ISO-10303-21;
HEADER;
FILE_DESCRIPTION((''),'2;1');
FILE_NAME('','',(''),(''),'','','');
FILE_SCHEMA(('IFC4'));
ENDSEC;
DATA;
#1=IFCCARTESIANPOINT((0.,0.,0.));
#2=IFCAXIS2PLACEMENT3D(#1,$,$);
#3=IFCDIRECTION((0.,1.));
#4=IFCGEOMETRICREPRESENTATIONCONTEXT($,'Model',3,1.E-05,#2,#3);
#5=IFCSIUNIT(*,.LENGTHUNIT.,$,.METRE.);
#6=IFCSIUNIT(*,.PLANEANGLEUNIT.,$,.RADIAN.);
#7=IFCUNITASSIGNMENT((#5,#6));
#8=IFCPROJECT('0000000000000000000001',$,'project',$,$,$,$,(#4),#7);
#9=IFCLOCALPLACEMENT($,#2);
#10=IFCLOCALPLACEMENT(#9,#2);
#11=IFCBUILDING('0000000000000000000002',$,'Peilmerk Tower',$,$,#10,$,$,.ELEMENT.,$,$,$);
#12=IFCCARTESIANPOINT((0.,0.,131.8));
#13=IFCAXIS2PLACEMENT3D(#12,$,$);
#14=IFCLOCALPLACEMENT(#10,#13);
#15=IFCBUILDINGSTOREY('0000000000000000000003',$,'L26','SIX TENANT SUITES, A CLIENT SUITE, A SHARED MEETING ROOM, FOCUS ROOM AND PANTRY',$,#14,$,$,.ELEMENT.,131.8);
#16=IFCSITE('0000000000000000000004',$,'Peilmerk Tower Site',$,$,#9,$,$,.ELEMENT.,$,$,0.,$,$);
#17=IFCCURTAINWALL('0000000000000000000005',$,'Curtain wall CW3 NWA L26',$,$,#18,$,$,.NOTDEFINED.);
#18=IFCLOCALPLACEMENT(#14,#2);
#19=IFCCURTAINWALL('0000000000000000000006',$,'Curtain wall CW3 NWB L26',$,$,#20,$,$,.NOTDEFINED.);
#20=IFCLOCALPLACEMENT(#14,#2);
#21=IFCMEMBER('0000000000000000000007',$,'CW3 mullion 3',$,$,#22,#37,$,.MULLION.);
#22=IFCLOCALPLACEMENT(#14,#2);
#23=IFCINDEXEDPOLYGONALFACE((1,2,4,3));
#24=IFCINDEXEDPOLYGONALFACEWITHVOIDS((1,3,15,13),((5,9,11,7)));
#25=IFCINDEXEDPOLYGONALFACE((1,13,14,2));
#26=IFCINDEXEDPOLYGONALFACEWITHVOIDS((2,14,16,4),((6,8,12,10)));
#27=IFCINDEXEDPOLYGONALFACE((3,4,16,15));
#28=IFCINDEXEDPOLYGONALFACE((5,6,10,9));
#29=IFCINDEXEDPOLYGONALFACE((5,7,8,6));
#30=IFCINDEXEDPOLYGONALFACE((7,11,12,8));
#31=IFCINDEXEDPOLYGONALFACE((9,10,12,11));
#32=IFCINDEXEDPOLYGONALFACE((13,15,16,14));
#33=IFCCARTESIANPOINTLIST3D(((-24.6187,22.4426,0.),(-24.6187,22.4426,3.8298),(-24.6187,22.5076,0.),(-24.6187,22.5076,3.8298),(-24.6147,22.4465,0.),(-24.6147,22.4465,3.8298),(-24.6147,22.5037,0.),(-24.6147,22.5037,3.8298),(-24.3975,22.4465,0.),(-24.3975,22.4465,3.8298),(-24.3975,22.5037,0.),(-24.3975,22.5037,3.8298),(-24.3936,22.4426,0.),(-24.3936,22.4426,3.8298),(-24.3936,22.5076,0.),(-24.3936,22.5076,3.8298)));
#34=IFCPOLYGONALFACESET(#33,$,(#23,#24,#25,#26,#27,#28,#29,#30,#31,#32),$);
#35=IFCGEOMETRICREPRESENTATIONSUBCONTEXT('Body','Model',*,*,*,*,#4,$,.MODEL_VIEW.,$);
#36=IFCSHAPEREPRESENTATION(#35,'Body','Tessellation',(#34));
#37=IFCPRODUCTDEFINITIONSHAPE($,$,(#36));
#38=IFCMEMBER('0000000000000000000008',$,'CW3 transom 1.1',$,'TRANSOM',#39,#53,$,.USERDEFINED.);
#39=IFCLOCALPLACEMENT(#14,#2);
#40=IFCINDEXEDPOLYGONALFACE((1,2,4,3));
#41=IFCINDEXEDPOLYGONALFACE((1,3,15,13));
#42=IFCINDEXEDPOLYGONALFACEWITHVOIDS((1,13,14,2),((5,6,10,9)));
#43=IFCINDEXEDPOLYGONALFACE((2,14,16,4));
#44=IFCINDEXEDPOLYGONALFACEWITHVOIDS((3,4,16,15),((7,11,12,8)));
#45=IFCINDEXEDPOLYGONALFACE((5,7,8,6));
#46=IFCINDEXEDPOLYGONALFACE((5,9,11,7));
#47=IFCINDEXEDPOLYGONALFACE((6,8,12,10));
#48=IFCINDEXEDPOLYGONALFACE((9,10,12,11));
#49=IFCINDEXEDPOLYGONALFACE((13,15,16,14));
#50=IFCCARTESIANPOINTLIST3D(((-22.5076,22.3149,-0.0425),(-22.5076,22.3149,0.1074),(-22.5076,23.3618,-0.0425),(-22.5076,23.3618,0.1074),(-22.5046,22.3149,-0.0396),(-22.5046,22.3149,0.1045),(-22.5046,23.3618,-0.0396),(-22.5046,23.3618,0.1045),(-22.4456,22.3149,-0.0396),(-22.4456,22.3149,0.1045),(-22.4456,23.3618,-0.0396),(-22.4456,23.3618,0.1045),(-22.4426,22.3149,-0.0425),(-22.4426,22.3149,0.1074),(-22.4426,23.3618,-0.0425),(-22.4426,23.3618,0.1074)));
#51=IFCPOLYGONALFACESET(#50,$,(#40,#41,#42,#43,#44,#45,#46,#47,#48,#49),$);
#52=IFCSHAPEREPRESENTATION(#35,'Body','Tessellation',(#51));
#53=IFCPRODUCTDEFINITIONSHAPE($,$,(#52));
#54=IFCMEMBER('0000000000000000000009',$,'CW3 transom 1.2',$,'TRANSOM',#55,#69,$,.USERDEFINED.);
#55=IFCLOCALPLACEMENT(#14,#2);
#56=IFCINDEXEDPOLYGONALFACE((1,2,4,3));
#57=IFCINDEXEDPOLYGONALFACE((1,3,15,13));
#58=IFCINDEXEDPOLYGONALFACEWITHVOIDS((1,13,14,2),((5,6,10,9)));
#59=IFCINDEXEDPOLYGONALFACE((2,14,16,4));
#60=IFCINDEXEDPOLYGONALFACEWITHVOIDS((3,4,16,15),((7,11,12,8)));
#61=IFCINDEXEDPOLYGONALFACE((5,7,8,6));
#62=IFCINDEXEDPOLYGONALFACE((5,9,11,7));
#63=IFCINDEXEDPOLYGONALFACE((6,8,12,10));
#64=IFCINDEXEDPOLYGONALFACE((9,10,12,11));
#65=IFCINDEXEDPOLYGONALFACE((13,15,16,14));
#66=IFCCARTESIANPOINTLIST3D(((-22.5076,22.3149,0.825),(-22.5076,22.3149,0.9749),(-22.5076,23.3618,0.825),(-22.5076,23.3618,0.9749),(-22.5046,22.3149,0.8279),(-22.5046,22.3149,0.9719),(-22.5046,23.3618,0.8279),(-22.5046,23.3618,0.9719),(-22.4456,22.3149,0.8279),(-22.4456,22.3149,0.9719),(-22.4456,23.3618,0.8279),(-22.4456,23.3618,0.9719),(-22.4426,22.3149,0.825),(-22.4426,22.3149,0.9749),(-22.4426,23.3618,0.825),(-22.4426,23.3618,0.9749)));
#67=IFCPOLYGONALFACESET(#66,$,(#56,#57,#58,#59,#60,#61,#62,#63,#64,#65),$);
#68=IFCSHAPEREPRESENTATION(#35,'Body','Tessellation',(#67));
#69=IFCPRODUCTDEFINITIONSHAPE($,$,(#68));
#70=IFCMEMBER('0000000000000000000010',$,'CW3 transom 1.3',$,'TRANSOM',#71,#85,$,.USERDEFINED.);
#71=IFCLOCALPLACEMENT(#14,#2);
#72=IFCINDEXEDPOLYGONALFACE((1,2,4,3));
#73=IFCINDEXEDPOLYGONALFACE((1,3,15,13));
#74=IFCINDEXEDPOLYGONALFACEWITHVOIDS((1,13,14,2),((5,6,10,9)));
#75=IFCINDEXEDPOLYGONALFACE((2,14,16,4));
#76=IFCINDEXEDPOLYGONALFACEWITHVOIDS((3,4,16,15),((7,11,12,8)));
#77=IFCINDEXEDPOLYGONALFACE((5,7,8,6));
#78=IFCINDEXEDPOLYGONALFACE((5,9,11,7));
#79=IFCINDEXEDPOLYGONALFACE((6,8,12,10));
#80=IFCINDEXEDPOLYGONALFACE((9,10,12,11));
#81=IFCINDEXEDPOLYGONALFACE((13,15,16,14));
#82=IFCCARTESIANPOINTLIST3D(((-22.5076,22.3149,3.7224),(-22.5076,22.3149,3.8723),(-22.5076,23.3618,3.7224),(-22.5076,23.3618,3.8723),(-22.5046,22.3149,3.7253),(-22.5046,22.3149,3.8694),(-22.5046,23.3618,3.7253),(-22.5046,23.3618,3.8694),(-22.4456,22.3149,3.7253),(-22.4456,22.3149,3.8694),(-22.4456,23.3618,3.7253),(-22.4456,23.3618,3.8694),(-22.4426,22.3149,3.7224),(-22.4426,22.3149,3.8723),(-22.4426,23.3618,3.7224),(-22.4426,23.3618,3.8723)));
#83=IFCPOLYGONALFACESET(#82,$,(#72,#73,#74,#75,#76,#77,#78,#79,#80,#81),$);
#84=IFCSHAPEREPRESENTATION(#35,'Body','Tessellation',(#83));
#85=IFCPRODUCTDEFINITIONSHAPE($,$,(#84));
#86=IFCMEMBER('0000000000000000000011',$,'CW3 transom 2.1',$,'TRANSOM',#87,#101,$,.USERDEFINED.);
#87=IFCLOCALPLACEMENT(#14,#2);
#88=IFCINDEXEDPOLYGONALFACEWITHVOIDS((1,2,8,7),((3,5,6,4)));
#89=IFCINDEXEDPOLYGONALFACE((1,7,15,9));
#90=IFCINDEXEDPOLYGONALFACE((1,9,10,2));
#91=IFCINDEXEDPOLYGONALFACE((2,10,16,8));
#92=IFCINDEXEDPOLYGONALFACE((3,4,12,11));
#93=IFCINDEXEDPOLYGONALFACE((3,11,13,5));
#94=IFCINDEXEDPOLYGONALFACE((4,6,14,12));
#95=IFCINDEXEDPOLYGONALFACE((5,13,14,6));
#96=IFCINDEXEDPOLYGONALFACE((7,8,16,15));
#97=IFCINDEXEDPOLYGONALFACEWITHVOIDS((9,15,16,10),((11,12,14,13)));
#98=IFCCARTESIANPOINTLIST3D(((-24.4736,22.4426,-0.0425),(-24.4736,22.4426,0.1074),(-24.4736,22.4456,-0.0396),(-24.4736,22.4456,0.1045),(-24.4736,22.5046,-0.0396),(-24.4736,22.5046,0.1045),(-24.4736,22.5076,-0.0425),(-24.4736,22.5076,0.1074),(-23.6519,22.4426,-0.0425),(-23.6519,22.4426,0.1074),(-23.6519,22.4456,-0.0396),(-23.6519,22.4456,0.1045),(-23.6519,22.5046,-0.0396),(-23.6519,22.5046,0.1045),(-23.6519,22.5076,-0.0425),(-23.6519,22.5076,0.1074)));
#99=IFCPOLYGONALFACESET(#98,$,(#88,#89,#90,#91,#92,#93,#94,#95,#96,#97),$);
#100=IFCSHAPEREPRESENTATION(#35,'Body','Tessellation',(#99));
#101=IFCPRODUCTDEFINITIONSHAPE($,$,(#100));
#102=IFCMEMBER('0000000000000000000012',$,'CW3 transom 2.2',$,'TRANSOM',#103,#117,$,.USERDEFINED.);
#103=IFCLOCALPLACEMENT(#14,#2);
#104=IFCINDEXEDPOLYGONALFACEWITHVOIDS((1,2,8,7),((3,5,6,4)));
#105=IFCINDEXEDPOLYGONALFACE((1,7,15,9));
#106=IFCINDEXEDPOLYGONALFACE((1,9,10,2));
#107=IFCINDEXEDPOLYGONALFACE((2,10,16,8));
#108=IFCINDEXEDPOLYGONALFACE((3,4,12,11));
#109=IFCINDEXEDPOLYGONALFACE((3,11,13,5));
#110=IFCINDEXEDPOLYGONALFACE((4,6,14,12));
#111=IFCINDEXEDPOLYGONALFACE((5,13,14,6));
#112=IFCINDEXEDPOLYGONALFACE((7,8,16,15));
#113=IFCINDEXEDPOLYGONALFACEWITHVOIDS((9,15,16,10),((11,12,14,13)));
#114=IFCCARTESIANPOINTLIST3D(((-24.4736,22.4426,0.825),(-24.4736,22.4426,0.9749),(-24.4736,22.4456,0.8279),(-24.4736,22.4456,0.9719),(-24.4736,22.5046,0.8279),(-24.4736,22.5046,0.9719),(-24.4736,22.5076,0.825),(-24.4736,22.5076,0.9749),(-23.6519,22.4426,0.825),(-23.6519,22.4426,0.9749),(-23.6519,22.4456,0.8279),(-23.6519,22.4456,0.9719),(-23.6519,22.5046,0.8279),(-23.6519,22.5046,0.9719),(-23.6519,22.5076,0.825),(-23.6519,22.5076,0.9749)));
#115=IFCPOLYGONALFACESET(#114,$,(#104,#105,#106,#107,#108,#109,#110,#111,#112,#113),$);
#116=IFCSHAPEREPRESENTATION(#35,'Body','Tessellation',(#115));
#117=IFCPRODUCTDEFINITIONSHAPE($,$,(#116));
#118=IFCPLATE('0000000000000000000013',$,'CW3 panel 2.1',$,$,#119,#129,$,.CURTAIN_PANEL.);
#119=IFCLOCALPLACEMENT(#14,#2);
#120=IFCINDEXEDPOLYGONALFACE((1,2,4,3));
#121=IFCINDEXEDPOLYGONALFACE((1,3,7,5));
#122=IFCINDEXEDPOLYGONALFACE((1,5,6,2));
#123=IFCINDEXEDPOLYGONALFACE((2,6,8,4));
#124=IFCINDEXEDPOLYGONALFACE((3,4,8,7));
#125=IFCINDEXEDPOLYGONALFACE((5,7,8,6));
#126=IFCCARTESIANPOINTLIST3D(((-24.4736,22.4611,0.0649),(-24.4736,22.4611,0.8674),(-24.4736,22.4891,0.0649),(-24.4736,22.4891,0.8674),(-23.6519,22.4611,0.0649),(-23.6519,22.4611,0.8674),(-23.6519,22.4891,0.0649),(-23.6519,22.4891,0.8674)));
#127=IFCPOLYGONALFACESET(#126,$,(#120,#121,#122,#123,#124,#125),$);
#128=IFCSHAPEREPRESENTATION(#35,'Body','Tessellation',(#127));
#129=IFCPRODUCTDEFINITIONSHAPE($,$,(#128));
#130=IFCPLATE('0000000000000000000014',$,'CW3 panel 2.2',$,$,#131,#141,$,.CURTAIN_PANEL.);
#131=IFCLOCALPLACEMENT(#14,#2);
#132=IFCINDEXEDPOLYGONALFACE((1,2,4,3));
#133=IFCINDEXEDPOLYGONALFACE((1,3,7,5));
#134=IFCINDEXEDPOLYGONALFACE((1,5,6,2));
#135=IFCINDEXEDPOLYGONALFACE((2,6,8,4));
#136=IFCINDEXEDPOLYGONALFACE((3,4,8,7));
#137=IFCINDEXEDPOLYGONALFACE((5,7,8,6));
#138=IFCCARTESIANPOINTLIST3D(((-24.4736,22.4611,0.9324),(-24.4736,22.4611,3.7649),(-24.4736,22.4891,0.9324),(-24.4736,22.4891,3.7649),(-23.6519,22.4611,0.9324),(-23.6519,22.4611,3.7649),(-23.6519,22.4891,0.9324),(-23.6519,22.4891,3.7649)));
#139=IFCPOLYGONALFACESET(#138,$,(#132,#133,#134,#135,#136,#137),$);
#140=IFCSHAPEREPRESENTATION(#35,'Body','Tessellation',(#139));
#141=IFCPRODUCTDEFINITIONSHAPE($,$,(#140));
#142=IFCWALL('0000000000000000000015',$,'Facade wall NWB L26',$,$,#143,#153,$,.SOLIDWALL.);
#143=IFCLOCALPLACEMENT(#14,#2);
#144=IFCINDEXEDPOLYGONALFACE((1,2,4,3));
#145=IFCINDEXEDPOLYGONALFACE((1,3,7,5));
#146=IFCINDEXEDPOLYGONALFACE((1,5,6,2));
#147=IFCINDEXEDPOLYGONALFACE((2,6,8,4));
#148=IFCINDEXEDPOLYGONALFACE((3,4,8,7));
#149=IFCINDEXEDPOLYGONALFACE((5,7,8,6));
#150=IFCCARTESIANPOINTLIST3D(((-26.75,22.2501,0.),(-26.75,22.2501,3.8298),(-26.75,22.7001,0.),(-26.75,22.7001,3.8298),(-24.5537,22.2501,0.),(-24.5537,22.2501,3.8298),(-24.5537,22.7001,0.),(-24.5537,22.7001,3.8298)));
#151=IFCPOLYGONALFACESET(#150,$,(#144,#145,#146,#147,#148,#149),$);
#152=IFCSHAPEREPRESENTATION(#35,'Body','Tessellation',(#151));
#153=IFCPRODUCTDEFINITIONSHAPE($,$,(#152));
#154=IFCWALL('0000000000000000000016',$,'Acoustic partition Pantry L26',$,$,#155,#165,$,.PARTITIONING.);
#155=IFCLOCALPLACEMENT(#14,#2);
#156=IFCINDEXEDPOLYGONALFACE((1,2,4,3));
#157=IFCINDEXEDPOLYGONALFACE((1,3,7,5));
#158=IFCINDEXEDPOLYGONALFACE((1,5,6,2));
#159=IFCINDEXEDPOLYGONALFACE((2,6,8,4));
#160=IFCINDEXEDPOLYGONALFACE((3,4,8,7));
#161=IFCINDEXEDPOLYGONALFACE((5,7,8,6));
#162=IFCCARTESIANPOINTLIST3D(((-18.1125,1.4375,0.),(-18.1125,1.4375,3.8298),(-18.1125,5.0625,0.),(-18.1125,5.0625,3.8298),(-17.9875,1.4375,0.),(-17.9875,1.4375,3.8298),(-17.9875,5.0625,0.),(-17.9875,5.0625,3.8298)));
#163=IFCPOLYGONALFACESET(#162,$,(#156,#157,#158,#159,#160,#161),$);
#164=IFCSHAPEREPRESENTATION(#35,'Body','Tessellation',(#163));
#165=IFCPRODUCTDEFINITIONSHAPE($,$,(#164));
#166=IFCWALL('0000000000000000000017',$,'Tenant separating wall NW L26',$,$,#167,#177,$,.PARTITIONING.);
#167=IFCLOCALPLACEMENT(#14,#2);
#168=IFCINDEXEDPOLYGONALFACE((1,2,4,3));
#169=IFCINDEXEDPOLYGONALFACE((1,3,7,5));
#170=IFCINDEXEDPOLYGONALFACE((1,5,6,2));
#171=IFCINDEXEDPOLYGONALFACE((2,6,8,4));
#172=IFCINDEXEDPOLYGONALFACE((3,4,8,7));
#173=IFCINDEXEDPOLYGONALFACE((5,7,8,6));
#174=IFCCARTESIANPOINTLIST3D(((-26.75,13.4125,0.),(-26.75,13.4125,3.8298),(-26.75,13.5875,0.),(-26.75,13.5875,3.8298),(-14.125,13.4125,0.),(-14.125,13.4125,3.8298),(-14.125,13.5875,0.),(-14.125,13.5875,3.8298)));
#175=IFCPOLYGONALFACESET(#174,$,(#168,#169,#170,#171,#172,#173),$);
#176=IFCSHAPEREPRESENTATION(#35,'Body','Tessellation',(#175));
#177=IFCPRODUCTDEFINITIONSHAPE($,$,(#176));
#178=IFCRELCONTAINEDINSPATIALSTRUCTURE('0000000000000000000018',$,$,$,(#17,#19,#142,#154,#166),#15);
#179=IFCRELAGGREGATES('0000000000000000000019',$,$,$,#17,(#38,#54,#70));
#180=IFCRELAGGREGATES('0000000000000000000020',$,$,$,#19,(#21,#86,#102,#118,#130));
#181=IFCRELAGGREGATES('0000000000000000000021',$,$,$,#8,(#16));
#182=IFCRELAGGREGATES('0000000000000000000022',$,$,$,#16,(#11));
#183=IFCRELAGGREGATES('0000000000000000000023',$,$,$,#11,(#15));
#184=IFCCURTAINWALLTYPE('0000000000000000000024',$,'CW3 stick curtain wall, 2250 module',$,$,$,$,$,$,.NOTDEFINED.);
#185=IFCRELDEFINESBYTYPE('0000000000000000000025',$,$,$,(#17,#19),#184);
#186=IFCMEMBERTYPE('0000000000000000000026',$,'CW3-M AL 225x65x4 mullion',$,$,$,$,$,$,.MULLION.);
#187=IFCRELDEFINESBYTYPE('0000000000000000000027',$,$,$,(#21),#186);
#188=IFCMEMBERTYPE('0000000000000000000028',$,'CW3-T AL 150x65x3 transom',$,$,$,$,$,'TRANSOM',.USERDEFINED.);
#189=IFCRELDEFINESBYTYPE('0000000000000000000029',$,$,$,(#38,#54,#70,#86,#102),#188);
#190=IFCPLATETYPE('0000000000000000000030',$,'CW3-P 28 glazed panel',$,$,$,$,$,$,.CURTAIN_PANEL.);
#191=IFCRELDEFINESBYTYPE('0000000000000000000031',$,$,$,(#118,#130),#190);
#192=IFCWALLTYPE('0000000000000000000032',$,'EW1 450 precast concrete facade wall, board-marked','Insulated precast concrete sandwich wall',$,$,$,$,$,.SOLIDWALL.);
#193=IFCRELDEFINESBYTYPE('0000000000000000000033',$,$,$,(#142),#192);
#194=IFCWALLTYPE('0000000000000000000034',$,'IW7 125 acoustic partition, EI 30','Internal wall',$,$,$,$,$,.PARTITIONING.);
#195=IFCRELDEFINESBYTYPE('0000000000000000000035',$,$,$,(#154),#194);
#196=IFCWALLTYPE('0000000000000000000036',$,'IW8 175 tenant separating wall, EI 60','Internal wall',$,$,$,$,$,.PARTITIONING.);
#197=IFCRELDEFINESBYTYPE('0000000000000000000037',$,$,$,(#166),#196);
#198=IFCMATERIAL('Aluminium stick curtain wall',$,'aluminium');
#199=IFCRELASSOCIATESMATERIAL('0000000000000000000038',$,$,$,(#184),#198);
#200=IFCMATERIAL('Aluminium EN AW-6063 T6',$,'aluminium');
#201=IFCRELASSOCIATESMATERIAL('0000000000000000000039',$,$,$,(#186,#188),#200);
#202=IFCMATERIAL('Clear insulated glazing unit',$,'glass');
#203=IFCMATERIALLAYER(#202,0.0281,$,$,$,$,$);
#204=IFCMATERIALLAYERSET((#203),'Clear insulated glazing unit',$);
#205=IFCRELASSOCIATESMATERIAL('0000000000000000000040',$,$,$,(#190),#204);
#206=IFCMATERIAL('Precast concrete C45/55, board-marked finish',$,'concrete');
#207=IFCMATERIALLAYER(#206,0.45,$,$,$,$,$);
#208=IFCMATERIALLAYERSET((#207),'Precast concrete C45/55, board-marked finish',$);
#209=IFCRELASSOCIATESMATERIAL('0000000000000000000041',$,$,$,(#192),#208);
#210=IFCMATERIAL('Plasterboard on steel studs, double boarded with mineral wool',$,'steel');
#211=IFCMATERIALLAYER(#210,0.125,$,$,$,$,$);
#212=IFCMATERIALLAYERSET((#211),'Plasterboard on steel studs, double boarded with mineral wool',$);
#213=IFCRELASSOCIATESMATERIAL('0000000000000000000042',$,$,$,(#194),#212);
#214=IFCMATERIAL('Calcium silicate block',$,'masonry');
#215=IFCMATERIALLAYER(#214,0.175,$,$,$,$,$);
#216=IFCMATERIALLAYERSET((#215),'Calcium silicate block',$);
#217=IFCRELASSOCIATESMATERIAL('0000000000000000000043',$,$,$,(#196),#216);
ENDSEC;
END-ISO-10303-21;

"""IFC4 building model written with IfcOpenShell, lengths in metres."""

from ifc_helpers import new_model, si_unit, direction, frame, frame_2d, origin, origin_2d, place, context, subcontext, project, spatial, rectangle, hollow_rectangle, extrude, material, layer, layer_set, material_profile, profile_set, type_object, element, aggregate, save


model = new_model("IFC4")

# Units and contexts
model_context = context("Model", 3, precision=1e-05, world=origin(), true_north=direction((0.0, 1.0)))
body_context = subcontext(model_context, "Body", "Model", "MODEL_VIEW")
ifc_project = project(units=[si_unit("LENGTHUNIT", "METRE"), si_unit("PLANEANGLEUNIT", "RADIAN")], contexts=[model_context])

# Site, building, storey
site_placement = place(None, origin())
site = spatial("IfcSite", under=ifc_project, at=site_placement, Name="Peilmerk Tower Site", CompositionType="ELEMENT", RefElevation=0.0)
building_placement = place(site_placement, origin())
building = spatial("IfcBuilding", under=site, at=building_placement, Name="Peilmerk Tower", CompositionType="ELEMENT")
storey_placement = place(building_placement, frame((0.0, 0.0, 131.8)))
storey = spatial("IfcBuildingStorey", under=building, at=storey_placement, Name="L26", Description="SIX TENANT SUITES, A CLIENT SUITE, A SHARED MEETING ROOM, FOCUS ROOM AND PANTRY", CompositionType="ELEMENT", Elevation=131.8)

# Curtain walls, member
ifc_material_1 = material(Name="Aluminium stick curtain wall", Category="aluminium")
curtain_wall_type = type_object("IfcCurtainWallType", Name="CW3 stick curtain wall, 2250 module", PredefinedType="NOTDEFINED", material=ifc_material_1)
curtain_wall_1_placement = place(storey_placement, origin())
curtain_wall_1 = element("IfcCurtainWall", 1, at=curtain_wall_1_placement, inside=storey, type_object=curtain_wall_type, Name="Curtain wall CW3 NWA L26", PredefinedType="NOTDEFINED")
ifc_material_2 = material(Name="Aluminium EN AW-6063 T6", Category="aluminium")
ifc_material_profile_1 = material_profile(ifc_material_2, hollow_rectangle(XDim=0.0649, YDim=0.2251, WallThickness=0.0039, at=origin_2d()), Name="AL 225x65x4")
ifc_profile_set_1 = profile_set([ifc_material_profile_1], Name="Aluminium EN AW-6063 T6")
member_type_1 = type_object("IfcMemberType", Name="CW3-M AL 225x65x4 mullion", PredefinedType="MULLION", material=ifc_profile_set_1)
curtain_wall_2_placement = place(storey_placement, origin())
curtain_wall_2 = element("IfcCurtainWall", 2, at=curtain_wall_2_placement, inside=storey, type_object=curtain_wall_type, Name="Curtain wall CW3 NWB L26", PredefinedType="NOTDEFINED")
member_1_placement = place(storey_placement, frame((-24.5061, 22.4751, 0.0), z_axis=(0.0, 0.0, 1.0), x_axis=(0.0, -1.0, 0.0)))
member_1 = element("IfcMember", 3, at=member_1_placement, type_object=member_type_1, Name="CW3 mullion 3", PredefinedType="MULLION", context=body_context, shape_type="SweptSolid", body=[
    extrude(hollow_rectangle(XDim=0.0649, YDim=0.2251, WallThickness=0.0039, at=origin_2d()), origin(), (0.0, 0.0, 1.0), 3.8298),
])

# Members
ifc_material_profile_2 = material_profile(ifc_material_2, hollow_rectangle(XDim=0.0649, YDim=0.1499, WallThickness=0.0029, at=origin_2d()), Name="AL 150x65x3")
ifc_profile_set_2 = profile_set([ifc_material_profile_2], Name="Aluminium EN AW-6063 T6")
member_type_2 = type_object("IfcMemberType", Name="CW3-T AL 150x65x3 transom", ElementType="TRANSOM", PredefinedType="USERDEFINED", material=ifc_profile_set_2)
member_2_placement = place(storey_placement, frame((-22.4751, 22.3149, 0.0325), z_axis=(0.0, 1.0, 0.0), x_axis=(-1.0, 0.0, 0.0)))
member_2 = element("IfcMember", 4, at=member_2_placement, type_object=member_type_2, Name="CW3 transom 1.1", ObjectType="TRANSOM", PredefinedType="USERDEFINED", context=body_context, shape_type="SweptSolid", body=[
    extrude(hollow_rectangle(XDim=0.0649, YDim=0.1499, WallThickness=0.0029, at=origin_2d()), origin(), (0.0, 0.0, 1.0), 1.0469),
])
member_3_placement = place(storey_placement, frame((-22.4751, 22.3149, 0.8999), z_axis=(0.0, 1.0, 0.0), x_axis=(-1.0, 0.0, 0.0)))
member_3 = element("IfcMember", 5, at=member_3_placement, type_object=member_type_2, Name="CW3 transom 1.2", ObjectType="TRANSOM", PredefinedType="USERDEFINED", context=body_context, shape_type="SweptSolid", body=[
    extrude(hollow_rectangle(XDim=0.0649, YDim=0.1499, WallThickness=0.0029, at=origin_2d()), origin(), (0.0, 0.0, 1.0), 1.0469),
])
member_4_placement = place(storey_placement, frame((-22.4751, 22.3149, 3.7974), z_axis=(0.0, 1.0, 0.0), x_axis=(-1.0, 0.0, 0.0)))
member_4 = element("IfcMember", 6, at=member_4_placement, type_object=member_type_2, Name="CW3 transom 1.3", ObjectType="TRANSOM", PredefinedType="USERDEFINED", context=body_context, shape_type="SweptSolid", body=[
    extrude(hollow_rectangle(XDim=0.0649, YDim=0.1499, WallThickness=0.0029, at=origin_2d()), origin(), (0.0, 0.0, 1.0), 1.0469),
])
aggregate(curtain_wall_1, [member_2, member_3, member_4])
member_5_placement = place(storey_placement, frame((-23.6519, 22.4751, 0.0325), z_axis=(-1.0, 0.0, 0.0), x_axis=(0.0, -1.0, 0.0)))
member_5 = element("IfcMember", 7, at=member_5_placement, type_object=member_type_2, Name="CW3 transom 2.1", ObjectType="TRANSOM", PredefinedType="USERDEFINED", context=body_context, shape_type="SweptSolid", body=[
    extrude(hollow_rectangle(XDim=0.0649, YDim=0.1499, WallThickness=0.0029, at=origin_2d()), origin(), (0.0, 0.0, 1.0), 0.8218),
])
member_6_placement = place(storey_placement, frame((-23.6519, 22.4751, 0.8999), z_axis=(-1.0, 0.0, 0.0), x_axis=(0.0, -1.0, 0.0)))
member_6 = element("IfcMember", 8, at=member_6_placement, type_object=member_type_2, Name="CW3 transom 2.2", ObjectType="TRANSOM", PredefinedType="USERDEFINED", context=body_context, shape_type="SweptSolid", body=[
    extrude(hollow_rectangle(XDim=0.0649, YDim=0.1499, WallThickness=0.0029, at=origin_2d()), origin(), (0.0, 0.0, 1.0), 0.8218),
])

# Plates
ifc_material_3 = material(Name="Clear insulated glazing unit", Category="glass")
ifc_layer_1 = layer(ifc_material_3, 0.0281)
ifc_layer_set_1 = layer_set([ifc_layer_1], Name="Clear insulated glazing unit")
plate_type = type_object("IfcPlateType", Name="CW3-P 28 glazed panel", PredefinedType="CURTAIN_PANEL", material=ifc_layer_set_1)
plate_1_placement = place(storey_placement, frame((-24.0627, 22.4751, 0.0649), z_axis=(0.0, 0.0, 1.0), x_axis=(-1.0, 0.0, 0.0)))
plate_1 = element("IfcPlate", 9, at=plate_1_placement, type_object=plate_type, Name="CW3 panel 2.1", PredefinedType="CURTAIN_PANEL", context=body_context, shape_type="SweptSolid", body=[
    extrude(rectangle(XDim=0.8218, YDim=0.0281, at=origin_2d()), origin(), (0.0, 0.0, 1.0), 0.8025),
])
plate_2_placement = place(storey_placement, frame((-24.0627, 22.4751, 0.9324), z_axis=(0.0, 0.0, 1.0), x_axis=(-1.0, 0.0, 0.0)))
plate_2 = element("IfcPlate", 10, at=plate_2_placement, type_object=plate_type, Name="CW3 panel 2.2", PredefinedType="CURTAIN_PANEL", context=body_context, shape_type="SweptSolid", body=[
    extrude(rectangle(XDim=0.8218, YDim=0.0281, at=origin_2d()), origin(), (0.0, 0.0, 1.0), 2.8325),
])
aggregate(curtain_wall_2, [member_1, member_5, member_6, plate_1, plate_2])

# Walls
ifc_material_4 = material(Name="Precast concrete C45/55, board-marked finish", Category="concrete")
ifc_layer_2 = layer(ifc_material_4, 0.45)
ifc_layer_set_2 = layer_set([ifc_layer_2], Name="Precast concrete C45/55, board-marked finish")
wall_type_1 = type_object("IfcWallType", Name="EW1 450 precast concrete facade wall, board-marked", Description="Insulated precast concrete sandwich wall", PredefinedType="SOLIDWALL", material=ifc_layer_set_2)
wall_1_placement = place(storey_placement, frame((-24.5537, 22.4751, 0.0), z_axis=(0.0, 0.0, 1.0), x_axis=(-1.0, 0.0, 0.0)))
element("IfcWall", 11, at=wall_1_placement, inside=storey, type_object=wall_type_1, Name="Facade wall NWB L26", PredefinedType="SOLIDWALL", context=body_context, shape_type="SweptSolid", body=[
    extrude(rectangle(XDim=2.1963, YDim=0.45, at=frame_2d((1.0981, 0.0))), origin(), (0.0, 0.0, 1.0), 3.8298),
])
ifc_material_5 = material(Name="Plasterboard on steel studs, double boarded with mineral wool", Category="steel")
ifc_layer_3 = layer(ifc_material_5, 0.125)
ifc_layer_set_3 = layer_set([ifc_layer_3], Name="Plasterboard on steel studs, double boarded with mineral wool")
wall_type_2 = type_object("IfcWallType", Name="IW7 125 acoustic partition, EI 30", Description="Internal wall", PredefinedType="PARTITIONING", material=ifc_layer_set_3)
wall_2_placement = place(storey_placement, frame((-18.05, 1.4375, 0.0), z_axis=(0.0, 0.0, 1.0), x_axis=(0.0, 1.0, 0.0)))
element("IfcWall", 12, at=wall_2_placement, inside=storey, type_object=wall_type_2, Name="Acoustic partition Pantry L26", PredefinedType="PARTITIONING", context=body_context, shape_type="SweptSolid", body=[
    extrude(rectangle(XDim=3.625, YDim=0.125, at=frame_2d((1.8125, 0.0))), origin(), (0.0, 0.0, 1.0), 3.8298),
])
ifc_material_6 = material(Name="Calcium silicate block", Category="masonry")
ifc_layer_4 = layer(ifc_material_6, 0.175)
ifc_layer_set_4 = layer_set([ifc_layer_4], Name="Calcium silicate block")
wall_type_3 = type_object("IfcWallType", Name="IW8 175 tenant separating wall, EI 60", Description="Internal wall", PredefinedType="PARTITIONING", material=ifc_layer_set_4)
wall_3_placement = place(storey_placement, frame((-26.75, 13.5, 0.0), z_axis=(0.0, 0.0, 1.0), x_axis=(1.0, 0.0, 0.0)))
element("IfcWall", 13, at=wall_3_placement, inside=storey, type_object=wall_type_3, Name="Tenant separating wall NW L26", PredefinedType="PARTITIONING", context=body_context, shape_type="SweptSolid", body=[
    extrude(rectangle(XDim=12.625, YDim=0.175, at=frame_2d((6.3125, 0.0))), origin(), (0.0, 0.0, 1.0), 3.8298),
])

save(model, "model.ifc")
